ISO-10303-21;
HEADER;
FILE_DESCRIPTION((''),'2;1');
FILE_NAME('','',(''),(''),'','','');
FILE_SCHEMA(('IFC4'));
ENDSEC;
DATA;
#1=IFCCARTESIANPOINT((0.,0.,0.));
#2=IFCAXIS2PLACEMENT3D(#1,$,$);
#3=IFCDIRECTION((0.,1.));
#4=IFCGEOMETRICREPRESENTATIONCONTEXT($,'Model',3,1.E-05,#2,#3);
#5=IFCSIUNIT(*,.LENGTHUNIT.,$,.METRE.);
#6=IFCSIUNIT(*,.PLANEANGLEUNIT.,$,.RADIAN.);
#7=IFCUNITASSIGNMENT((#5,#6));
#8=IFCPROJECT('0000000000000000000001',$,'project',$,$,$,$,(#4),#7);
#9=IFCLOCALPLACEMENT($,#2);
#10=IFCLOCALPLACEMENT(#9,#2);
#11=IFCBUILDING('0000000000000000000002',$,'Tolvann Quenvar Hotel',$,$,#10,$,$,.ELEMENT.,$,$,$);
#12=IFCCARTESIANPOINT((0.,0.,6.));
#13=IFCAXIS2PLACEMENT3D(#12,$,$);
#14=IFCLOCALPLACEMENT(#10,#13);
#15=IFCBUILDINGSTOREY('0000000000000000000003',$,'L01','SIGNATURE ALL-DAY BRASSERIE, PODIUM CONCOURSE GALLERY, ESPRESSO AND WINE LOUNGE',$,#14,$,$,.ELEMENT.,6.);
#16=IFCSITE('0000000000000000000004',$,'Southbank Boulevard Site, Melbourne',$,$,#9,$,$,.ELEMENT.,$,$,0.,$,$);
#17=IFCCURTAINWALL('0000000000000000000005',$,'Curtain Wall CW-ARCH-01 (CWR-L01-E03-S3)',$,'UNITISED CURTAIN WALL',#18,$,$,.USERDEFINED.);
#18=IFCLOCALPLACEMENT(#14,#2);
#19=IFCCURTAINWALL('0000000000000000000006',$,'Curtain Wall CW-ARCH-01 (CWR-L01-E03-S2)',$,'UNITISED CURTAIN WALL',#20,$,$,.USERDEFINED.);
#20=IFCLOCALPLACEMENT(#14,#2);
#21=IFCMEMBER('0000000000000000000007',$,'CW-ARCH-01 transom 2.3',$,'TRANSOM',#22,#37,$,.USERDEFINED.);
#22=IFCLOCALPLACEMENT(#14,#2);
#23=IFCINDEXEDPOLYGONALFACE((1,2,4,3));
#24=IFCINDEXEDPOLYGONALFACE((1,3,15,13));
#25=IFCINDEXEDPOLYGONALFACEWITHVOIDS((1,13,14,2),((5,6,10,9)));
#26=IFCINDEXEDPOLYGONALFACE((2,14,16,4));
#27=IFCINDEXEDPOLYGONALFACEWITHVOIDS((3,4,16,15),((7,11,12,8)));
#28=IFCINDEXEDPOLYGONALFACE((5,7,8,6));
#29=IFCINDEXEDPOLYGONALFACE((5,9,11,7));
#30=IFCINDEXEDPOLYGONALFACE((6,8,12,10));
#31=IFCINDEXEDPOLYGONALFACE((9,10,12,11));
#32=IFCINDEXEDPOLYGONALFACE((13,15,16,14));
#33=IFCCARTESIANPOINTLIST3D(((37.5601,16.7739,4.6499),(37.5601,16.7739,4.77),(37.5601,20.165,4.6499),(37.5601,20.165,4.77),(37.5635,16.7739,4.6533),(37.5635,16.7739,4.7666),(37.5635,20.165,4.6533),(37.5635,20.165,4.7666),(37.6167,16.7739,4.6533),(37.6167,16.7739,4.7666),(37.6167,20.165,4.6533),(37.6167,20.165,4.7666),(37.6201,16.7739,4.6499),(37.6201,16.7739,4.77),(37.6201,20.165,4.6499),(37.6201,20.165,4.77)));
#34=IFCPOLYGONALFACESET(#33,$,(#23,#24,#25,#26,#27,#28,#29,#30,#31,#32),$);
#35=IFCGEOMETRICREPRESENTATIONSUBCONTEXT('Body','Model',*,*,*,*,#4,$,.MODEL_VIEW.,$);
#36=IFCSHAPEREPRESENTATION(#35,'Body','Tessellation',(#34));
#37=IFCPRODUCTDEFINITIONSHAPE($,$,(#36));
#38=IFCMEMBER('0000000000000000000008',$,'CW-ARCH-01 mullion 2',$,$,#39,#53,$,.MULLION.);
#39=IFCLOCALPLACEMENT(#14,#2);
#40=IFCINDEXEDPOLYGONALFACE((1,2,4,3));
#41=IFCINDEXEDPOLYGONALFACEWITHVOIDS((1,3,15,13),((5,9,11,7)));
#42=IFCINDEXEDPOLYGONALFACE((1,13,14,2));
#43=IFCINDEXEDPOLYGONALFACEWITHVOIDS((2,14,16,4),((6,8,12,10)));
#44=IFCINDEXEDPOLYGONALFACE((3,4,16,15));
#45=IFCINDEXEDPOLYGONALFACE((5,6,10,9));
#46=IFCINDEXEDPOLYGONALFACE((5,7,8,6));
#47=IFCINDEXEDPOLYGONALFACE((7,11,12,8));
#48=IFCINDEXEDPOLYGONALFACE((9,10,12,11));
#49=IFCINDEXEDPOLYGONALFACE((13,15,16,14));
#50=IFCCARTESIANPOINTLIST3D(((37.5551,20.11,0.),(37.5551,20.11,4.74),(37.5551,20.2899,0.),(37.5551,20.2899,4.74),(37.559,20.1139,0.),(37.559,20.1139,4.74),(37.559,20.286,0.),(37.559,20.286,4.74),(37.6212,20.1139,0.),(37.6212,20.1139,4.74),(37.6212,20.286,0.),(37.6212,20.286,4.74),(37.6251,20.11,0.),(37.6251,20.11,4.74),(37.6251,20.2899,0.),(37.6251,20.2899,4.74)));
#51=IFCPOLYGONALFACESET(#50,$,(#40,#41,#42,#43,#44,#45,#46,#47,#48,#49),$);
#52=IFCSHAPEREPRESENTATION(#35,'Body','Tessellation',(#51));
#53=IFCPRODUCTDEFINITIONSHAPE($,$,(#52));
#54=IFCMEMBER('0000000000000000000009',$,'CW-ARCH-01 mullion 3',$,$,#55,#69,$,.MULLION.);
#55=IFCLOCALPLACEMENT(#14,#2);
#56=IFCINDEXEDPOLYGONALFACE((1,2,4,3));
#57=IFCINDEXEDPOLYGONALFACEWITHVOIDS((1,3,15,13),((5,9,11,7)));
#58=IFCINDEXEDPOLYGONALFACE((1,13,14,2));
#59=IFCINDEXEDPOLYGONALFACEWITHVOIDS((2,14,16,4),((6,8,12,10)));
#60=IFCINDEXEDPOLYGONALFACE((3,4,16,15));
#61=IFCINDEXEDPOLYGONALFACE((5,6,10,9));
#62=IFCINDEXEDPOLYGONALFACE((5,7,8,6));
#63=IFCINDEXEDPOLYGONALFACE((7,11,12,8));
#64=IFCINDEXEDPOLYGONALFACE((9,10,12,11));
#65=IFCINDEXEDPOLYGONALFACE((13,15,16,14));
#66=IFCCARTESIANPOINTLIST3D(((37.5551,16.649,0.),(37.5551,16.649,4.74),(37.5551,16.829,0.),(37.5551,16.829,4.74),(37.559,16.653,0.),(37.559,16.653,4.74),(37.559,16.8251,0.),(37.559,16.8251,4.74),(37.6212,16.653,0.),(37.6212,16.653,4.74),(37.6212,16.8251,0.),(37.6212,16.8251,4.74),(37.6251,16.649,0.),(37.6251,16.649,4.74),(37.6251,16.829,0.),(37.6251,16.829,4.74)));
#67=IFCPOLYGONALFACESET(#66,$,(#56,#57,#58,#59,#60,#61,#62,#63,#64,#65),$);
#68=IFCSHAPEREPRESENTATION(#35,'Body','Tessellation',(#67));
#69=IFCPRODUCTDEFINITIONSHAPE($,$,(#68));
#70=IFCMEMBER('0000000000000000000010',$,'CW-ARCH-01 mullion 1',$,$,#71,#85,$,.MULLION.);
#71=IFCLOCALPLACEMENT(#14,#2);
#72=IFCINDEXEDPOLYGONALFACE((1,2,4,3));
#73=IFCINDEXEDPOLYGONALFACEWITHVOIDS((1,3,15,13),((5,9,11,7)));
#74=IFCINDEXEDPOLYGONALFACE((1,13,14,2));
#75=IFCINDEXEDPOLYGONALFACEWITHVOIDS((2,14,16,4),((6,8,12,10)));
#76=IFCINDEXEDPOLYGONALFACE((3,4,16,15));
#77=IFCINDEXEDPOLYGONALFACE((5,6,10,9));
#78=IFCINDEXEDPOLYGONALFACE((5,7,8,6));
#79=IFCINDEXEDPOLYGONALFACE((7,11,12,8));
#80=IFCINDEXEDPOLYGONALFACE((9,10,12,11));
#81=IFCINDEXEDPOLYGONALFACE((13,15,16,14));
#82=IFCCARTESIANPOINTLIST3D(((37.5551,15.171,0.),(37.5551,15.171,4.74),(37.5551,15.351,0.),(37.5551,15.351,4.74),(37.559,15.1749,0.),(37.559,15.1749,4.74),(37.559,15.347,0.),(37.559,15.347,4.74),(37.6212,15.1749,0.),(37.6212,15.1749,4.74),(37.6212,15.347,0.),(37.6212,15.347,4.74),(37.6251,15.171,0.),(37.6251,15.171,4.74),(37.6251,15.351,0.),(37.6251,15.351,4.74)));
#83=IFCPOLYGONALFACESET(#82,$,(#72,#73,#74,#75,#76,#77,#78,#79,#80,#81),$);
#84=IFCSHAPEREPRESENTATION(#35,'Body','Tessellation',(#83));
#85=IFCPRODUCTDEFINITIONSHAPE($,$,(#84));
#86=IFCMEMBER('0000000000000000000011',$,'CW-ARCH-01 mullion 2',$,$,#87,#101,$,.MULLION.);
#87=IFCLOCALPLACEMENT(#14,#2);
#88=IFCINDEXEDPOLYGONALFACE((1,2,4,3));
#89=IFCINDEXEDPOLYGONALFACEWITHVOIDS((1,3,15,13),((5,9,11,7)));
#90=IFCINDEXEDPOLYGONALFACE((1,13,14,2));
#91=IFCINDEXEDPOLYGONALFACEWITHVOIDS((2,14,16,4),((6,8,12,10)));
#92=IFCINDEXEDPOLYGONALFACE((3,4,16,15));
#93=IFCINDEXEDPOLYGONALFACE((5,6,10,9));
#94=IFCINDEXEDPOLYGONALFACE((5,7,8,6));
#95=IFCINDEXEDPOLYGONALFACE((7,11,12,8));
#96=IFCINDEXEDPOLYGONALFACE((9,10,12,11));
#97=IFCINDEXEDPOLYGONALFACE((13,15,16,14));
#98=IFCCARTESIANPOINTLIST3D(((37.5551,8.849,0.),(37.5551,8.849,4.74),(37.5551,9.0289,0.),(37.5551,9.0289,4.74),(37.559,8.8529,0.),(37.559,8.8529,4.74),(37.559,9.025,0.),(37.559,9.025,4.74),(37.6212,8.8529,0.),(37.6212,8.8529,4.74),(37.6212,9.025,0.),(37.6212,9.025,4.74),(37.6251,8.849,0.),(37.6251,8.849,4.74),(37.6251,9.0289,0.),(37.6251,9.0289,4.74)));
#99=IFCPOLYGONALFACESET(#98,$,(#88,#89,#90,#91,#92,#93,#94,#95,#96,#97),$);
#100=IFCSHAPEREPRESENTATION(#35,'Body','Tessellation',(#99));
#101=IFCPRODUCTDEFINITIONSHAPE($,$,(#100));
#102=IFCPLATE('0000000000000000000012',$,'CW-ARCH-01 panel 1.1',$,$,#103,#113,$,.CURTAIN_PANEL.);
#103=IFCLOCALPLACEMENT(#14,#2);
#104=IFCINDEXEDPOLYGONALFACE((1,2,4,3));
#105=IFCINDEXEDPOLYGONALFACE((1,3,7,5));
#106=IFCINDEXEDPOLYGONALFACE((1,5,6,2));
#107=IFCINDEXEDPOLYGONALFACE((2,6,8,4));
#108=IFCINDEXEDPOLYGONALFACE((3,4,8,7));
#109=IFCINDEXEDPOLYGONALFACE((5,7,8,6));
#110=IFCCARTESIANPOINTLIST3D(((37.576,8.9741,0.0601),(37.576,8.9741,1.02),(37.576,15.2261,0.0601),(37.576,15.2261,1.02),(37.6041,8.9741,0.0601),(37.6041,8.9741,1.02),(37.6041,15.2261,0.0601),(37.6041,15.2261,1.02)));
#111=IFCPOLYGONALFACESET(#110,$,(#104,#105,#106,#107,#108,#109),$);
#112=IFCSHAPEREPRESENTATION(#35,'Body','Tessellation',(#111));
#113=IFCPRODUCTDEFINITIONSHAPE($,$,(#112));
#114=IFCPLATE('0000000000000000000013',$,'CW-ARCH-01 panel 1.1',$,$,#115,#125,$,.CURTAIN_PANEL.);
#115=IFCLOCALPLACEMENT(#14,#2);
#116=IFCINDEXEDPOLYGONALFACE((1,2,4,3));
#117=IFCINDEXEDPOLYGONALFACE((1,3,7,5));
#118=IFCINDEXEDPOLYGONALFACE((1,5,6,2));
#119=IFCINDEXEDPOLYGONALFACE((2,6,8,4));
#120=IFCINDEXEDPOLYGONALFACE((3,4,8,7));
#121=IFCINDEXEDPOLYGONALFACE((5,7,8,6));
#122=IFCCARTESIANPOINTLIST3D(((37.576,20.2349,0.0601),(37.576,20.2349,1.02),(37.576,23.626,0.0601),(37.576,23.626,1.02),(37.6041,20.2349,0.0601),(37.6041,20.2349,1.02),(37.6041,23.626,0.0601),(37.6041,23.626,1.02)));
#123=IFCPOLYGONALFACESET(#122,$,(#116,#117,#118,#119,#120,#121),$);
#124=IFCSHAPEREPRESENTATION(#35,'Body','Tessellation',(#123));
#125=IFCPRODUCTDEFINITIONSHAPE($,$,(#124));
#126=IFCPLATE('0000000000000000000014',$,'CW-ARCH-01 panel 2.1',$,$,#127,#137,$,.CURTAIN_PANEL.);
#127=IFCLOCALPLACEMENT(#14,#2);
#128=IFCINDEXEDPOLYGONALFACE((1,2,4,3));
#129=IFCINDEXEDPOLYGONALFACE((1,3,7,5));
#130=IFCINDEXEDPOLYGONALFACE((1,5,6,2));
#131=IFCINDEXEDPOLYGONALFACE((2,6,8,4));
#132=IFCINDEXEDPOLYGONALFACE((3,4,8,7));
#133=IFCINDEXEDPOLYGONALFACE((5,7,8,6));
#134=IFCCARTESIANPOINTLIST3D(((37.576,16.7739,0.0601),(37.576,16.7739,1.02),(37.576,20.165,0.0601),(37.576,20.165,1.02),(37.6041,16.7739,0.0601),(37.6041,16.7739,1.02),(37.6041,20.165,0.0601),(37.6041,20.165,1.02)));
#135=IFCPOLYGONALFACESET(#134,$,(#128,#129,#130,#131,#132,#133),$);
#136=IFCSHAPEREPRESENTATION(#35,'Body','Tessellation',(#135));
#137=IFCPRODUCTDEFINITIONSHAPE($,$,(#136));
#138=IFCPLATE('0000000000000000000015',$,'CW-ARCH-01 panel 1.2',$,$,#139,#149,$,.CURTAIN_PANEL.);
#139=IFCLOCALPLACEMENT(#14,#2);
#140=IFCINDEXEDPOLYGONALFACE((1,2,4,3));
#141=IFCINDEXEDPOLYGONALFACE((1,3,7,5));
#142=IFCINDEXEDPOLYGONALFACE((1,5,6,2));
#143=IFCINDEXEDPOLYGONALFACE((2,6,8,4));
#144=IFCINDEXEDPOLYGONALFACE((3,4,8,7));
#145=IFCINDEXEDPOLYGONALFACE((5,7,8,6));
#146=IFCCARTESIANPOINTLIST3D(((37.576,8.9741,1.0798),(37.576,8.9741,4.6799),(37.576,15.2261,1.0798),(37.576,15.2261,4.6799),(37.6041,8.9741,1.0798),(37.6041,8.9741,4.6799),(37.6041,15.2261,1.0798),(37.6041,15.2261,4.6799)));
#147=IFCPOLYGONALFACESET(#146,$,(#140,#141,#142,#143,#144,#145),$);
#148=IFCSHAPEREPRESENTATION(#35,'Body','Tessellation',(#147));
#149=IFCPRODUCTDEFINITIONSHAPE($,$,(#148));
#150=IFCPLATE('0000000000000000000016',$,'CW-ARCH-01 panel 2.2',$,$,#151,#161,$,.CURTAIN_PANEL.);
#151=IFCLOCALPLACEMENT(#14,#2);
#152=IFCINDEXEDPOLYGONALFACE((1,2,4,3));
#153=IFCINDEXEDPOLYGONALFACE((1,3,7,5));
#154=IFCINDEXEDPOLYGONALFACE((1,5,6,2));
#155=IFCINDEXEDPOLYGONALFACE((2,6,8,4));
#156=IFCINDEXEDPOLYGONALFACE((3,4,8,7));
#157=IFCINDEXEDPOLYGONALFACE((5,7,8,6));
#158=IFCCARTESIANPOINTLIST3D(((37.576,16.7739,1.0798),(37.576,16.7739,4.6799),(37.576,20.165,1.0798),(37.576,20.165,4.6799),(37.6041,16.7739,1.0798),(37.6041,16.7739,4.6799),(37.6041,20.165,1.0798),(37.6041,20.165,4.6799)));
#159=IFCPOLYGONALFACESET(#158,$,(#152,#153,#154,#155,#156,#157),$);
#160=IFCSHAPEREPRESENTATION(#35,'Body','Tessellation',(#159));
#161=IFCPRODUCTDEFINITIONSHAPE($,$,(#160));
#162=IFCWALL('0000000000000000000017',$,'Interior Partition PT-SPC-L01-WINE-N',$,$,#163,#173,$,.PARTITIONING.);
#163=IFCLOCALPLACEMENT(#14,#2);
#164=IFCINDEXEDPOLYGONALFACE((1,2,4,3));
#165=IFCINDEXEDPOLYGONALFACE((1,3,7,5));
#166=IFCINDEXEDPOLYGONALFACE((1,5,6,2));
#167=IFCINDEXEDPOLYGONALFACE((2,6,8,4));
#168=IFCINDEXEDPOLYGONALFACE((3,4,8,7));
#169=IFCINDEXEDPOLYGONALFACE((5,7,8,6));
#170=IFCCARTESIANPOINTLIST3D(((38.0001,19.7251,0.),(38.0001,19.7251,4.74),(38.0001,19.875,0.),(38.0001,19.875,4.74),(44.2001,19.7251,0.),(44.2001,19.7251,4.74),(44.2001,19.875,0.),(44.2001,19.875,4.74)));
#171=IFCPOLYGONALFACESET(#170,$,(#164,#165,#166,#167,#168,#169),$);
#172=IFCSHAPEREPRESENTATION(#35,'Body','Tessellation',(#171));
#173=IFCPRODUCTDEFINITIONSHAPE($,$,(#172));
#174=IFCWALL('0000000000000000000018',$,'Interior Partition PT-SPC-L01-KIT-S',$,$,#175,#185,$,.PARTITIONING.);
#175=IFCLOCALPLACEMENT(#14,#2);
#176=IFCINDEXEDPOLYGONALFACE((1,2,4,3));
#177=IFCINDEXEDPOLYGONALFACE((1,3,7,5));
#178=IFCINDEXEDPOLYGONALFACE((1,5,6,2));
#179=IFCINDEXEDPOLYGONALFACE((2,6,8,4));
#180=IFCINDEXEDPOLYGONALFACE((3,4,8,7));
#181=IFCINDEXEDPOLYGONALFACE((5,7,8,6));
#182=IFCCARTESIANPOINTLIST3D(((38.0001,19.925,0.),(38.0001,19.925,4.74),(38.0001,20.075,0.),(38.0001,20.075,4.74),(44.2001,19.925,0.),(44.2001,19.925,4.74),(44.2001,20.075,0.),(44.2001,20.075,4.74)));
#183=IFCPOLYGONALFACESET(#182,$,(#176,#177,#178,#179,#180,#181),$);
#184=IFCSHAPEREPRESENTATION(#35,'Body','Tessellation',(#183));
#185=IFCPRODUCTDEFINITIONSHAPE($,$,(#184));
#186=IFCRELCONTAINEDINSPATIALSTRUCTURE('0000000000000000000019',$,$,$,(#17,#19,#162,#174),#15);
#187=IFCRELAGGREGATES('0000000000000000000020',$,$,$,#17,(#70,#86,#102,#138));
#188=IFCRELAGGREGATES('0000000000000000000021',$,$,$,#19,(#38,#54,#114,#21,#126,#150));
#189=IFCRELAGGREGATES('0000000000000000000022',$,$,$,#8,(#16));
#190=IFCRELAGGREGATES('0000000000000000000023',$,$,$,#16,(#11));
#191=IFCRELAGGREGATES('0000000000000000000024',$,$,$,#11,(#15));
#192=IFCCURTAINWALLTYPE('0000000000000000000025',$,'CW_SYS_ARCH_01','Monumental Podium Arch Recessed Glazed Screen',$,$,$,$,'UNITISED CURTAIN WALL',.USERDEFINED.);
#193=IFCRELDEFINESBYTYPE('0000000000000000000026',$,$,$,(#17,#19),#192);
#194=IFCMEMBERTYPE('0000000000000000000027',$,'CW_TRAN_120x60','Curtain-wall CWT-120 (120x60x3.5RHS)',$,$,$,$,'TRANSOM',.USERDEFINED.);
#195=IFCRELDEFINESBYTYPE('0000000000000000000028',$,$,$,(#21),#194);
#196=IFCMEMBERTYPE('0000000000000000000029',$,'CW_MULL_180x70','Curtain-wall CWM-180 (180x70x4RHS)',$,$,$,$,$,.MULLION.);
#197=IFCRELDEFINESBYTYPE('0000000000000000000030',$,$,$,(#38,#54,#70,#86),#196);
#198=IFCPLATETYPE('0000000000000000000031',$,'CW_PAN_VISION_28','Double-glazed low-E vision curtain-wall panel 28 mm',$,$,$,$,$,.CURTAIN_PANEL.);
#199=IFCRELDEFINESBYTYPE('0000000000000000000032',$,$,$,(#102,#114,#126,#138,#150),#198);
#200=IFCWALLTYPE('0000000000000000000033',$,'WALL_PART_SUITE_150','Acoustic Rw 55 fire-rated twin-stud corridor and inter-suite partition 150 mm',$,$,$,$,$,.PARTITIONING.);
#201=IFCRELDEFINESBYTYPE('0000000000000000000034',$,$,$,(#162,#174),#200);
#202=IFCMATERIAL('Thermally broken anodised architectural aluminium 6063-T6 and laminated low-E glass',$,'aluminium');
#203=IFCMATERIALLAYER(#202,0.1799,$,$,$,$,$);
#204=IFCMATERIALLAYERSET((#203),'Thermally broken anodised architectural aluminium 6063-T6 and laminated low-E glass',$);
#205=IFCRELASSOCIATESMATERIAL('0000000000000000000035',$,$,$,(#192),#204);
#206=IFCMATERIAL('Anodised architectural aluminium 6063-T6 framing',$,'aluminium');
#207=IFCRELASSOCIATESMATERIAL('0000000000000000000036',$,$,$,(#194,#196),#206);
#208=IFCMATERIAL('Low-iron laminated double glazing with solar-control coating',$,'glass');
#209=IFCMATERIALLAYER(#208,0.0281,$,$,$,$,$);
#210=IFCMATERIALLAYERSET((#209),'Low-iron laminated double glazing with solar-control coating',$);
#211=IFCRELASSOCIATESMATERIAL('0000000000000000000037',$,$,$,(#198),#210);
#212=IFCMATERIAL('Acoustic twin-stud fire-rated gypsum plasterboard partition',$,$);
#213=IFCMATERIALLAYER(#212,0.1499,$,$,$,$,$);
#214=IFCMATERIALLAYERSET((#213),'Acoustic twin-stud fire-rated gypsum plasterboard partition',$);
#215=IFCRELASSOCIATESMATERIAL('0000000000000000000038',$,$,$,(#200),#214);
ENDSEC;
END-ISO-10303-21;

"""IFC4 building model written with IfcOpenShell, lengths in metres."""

from ifc_helpers import new_model, si_unit, direction, frame, frame_2d, origin, origin_2d, place, context, subcontext, project, spatial, rectangle, hollow_rectangle, extrude, source, transform, mapped, material, layer, layer_set, material_profile, profile_set, type_object, type_shapes, element, aggregate, save


model = new_model("IFC4")

# Units and contexts
model_context = context("Model", 3, precision=1e-05, world=origin(), true_north=direction((0.0, 1.0)))
body_context = subcontext(model_context, "Body", "Model", "MODEL_VIEW")
ifc_project = project(units=[si_unit("LENGTHUNIT", "METRE"), si_unit("PLANEANGLEUNIT", "RADIAN")], contexts=[model_context])

# Site, building, storey
site_placement = place(None, origin())
site = spatial("IfcSite", under=ifc_project, at=site_placement, Name="Southbank Boulevard Site, Melbourne", CompositionType="ELEMENT", RefElevation=0.0)
building_placement = place(site_placement, origin())
building = spatial("IfcBuilding", under=site, at=building_placement, Name="Tolvann Quenvar Hotel", CompositionType="ELEMENT")
storey_placement = place(building_placement, frame((0.0, 0.0, 6.0)))
storey = spatial("IfcBuildingStorey", under=building, at=storey_placement, Name="L01", Description="SIGNATURE ALL-DAY BRASSERIE, PODIUM CONCOURSE GALLERY, ESPRESSO AND WINE LOUNGE", CompositionType="ELEMENT", Elevation=6.0)

# Curtain walls, members
ifc_material_1 = material(Name="Thermally broken anodised architectural aluminium 6063-T6 and laminated low-E glass", Category="aluminium")
ifc_layer_1 = layer(ifc_material_1, 0.1799)
ifc_layer_set_1 = layer_set([ifc_layer_1], Name="Thermally broken anodised architectural aluminium 6063-T6 and laminated low-E glass")
curtain_wall_type = type_object("IfcCurtainWallType", Name="CW_SYS_ARCH_01", Description="Monumental Podium Arch Recessed Glazed Screen", ElementType="UNITISED CURTAIN WALL", PredefinedType="USERDEFINED", material=ifc_layer_set_1)
curtain_wall_1_placement = place(storey_placement, origin())
curtain_wall_1 = element("IfcCurtainWall", 1, at=curtain_wall_1_placement, inside=storey, type_object=curtain_wall_type, Name="Curtain Wall CW-ARCH-01 (CWR-L01-E03-S3)", ObjectType="UNITISED CURTAIN WALL", PredefinedType="USERDEFINED")
ifc_material_2 = material(Name="Anodised architectural aluminium 6063-T6 framing", Category="aluminium")
ifc_material_profile_1 = material_profile(ifc_material_2, hollow_rectangle(XDim=0.0601, YDim=0.1201, WallThickness=0.0034, at=origin_2d()), Name="120x60x3.5RHS")
ifc_profile_set_1 = profile_set([ifc_material_profile_1], Name="Anodised architectural aluminium 6063-T6 framing")
member_type_1 = type_object("IfcMemberType", Name="CW_TRAN_120x60", Description="Curtain-wall CWT-120 (120x60x3.5RHS)", ElementType="TRANSOM", PredefinedType="USERDEFINED", material=ifc_profile_set_1)
curtain_wall_2_placement = place(storey_placement, origin())
curtain_wall_2 = element("IfcCurtainWall", 2, at=curtain_wall_2_placement, inside=storey, type_object=curtain_wall_type, Name="Curtain Wall CW-ARCH-01 (CWR-L01-E03-S2)", ObjectType="UNITISED CURTAIN WALL", PredefinedType="USERDEFINED")
shared_shape_1 = source(origin(), body_context, "Body", "SweptSolid", [
    extrude(hollow_rectangle(XDim=0.0601, YDim=0.1201, WallThickness=0.0034, at=origin_2d()), origin(), (0.0, 0.0, 1.0), 3.3911),
])
member_1_placement = place(storey_placement, frame((37.5901, 20.165, 4.71), z_axis=(0.0, -1.0, 0.0), x_axis=(1.0, 0.0, 0.0)))
member_1 = element("IfcMember", 3, at=member_1_placement, type_object=member_type_1, Name="CW-ARCH-01 transom 2.3", ObjectType="TRANSOM", PredefinedType="USERDEFINED", context=body_context, shape_type="MappedRepresentation", body=[
    mapped(shared_shape_1, transform((0.0, 0.0, 0.0), x_axis=(1.0, 0.0, 0.0), y_axis=(0.0, 1.0, 0.0), z_axis=(0.0, 0.0, 1.0), scale=1.0)),
])
ifc_material_profile_2 = material_profile(ifc_material_2, hollow_rectangle(XDim=0.0701, YDim=0.1799, WallThickness=0.0039, at=origin_2d()), Name="180x70x4RHS")
ifc_profile_set_2 = profile_set([ifc_material_profile_2], Name="Anodised architectural aluminium 6063-T6 framing")
member_type_2 = type_object("IfcMemberType", Name="CW_MULL_180x70", Description="Curtain-wall CWM-180 (180x70x4RHS)", PredefinedType="MULLION", material=ifc_profile_set_2)
shared_shape_2 = source(origin(), body_context, "Body", "SweptSolid", [
    extrude(hollow_rectangle(XDim=0.0701, YDim=0.1799, WallThickness=0.0039, at=origin_2d()), origin(), (0.0, 0.0, 1.0), 4.74),
])
type_shapes(member_type_2, [shared_shape_2])
member_2_placement = place(storey_placement, frame((37.5901, 20.2, 0.0), z_axis=(0.0, 0.0, 1.0), x_axis=(1.0, 0.0, 0.0)))
member_2 = element("IfcMember", 4, at=member_2_placement, type_object=member_type_2, Name="CW-ARCH-01 mullion 2", PredefinedType="MULLION", context=body_context, shape_type="MappedRepresentation", body=[
    mapped(shared_shape_2, transform((0.0, 0.0, 0.0), x_axis=(1.0, 0.0, 0.0), y_axis=(0.0, 1.0, 0.0), z_axis=(0.0, 0.0, 1.0), scale=1.0)),
])
member_3_placement = place(storey_placement, frame((37.5901, 16.739, 0.0), z_axis=(0.0, 0.0, 1.0), x_axis=(1.0, 0.0, 0.0)))
member_3 = element("IfcMember", 5, at=member_3_placement, type_object=member_type_2, Name="CW-ARCH-01 mullion 3", PredefinedType="MULLION", context=body_context, shape_type="MappedRepresentation", body=[
    mapped(shared_shape_2, transform((0.0, 0.0, 0.0), x_axis=(1.0, 0.0, 0.0), y_axis=(0.0, 1.0, 0.0), z_axis=(0.0, 0.0, 1.0), scale=1.0)),
])

# Members
member_4_placement = place(storey_placement, frame((37.5901, 15.261, 0.0), z_axis=(0.0, 0.0, 1.0), x_axis=(1.0, 0.0, 0.0)))
member_4 = element("IfcMember", 6, at=member_4_placement, type_object=member_type_2, Name="CW-ARCH-01 mullion 1", PredefinedType="MULLION", context=body_context, shape_type="MappedRepresentation", body=[
    mapped(shared_shape_2, transform((0.0, 0.0, 0.0), x_axis=(1.0, 0.0, 0.0), y_axis=(0.0, 1.0, 0.0), z_axis=(0.0, 0.0, 1.0), scale=1.0)),
])
member_5_placement = place(storey_placement, frame((37.5901, 8.939, 0.0), z_axis=(0.0, 0.0, 1.0), x_axis=(1.0, 0.0, 0.0)))
member_5 = element("IfcMember", 7, at=member_5_placement, type_object=member_type_2, Name="CW-ARCH-01 mullion 2", PredefinedType="MULLION", context=body_context, shape_type="MappedRepresentation", body=[
    mapped(shared_shape_2, transform((0.0, 0.0, 0.0), x_axis=(1.0, 0.0, 0.0), y_axis=(0.0, 1.0, 0.0), z_axis=(0.0, 0.0, 1.0), scale=1.0)),
])

# Plates
ifc_material_3 = material(Name="Low-iron laminated double glazing with solar-control coating", Category="glass")
ifc_layer_2 = layer(ifc_material_3, 0.0281)
ifc_layer_set_2 = layer_set([ifc_layer_2], Name="Low-iron laminated double glazing with solar-control coating")
plate_type = type_object("IfcPlateType", Name="CW_PAN_VISION_28", Description="Double-glazed low-E vision curtain-wall panel 28 mm", PredefinedType="CURTAIN_PANEL", material=ifc_layer_set_2)
shared_shape_3 = source(origin(), body_context, "Body", "SweptSolid", [
    extrude(rectangle(XDim=6.252, YDim=0.0281, at=origin_2d()), origin(), (0.0, 0.0, 1.0), 0.96),
])
plate_1_placement = place(storey_placement, frame((37.5901, 12.1001, 0.0601), z_axis=(0.0, 0.0, 1.0), x_axis=(0.0, -1.0, 0.0)))
plate_1 = element("IfcPlate", 8, at=plate_1_placement, type_object=plate_type, Name="CW-ARCH-01 panel 1.1", PredefinedType="CURTAIN_PANEL", context=body_context, shape_type="MappedRepresentation", body=[
    mapped(shared_shape_3, transform((0.0, 0.0, 0.0), x_axis=(1.0, 0.0, 0.0), y_axis=(0.0, 1.0, 0.0), z_axis=(0.0, 0.0, 1.0), scale=1.0)),
])
shared_shape_4 = source(origin(), body_context, "Body", "SweptSolid", [
    extrude(rectangle(XDim=3.3911, YDim=0.0281, at=origin_2d()), origin(), (0.0, 0.0, 1.0), 0.96),
])
plate_2_placement = place(storey_placement, frame((37.5901, 21.9304, 0.0601), z_axis=(0.0, 0.0, 1.0), x_axis=(0.0, -1.0, 0.0)))
plate_2 = element("IfcPlate", 9, at=plate_2_placement, type_object=plate_type, Name="CW-ARCH-01 panel 1.1", PredefinedType="CURTAIN_PANEL", context=body_context, shape_type="MappedRepresentation", body=[
    mapped(shared_shape_4, transform((0.0, 0.0, 0.0), x_axis=(1.0, 0.0, 0.0), y_axis=(0.0, 1.0, 0.0), z_axis=(0.0, 0.0, 1.0), scale=1.0)),
])
plate_3_placement = place(storey_placement, frame((37.5901, 18.4695, 0.0601), z_axis=(0.0, 0.0, 1.0), x_axis=(0.0, -1.0, 0.0)))
plate_3 = element("IfcPlate", 10, at=plate_3_placement, type_object=plate_type, Name="CW-ARCH-01 panel 2.1", PredefinedType="CURTAIN_PANEL", context=body_context, shape_type="MappedRepresentation", body=[
    mapped(shared_shape_4, transform((0.0, 0.0, 0.0), x_axis=(1.0, 0.0, 0.0), y_axis=(0.0, 1.0, 0.0), z_axis=(0.0, 0.0, 1.0), scale=1.0)),
])
shared_shape_5 = source(origin(), body_context, "Body", "SweptSolid", [
    extrude(rectangle(XDim=6.252, YDim=0.0281, at=origin_2d()), origin(), (0.0, 0.0, 1.0), 3.6001),
])
plate_4_placement = place(storey_placement, frame((37.5901, 12.1001, 1.0798), z_axis=(0.0, 0.0, 1.0), x_axis=(0.0, -1.0, 0.0)))
plate_4 = element("IfcPlate", 11, at=plate_4_placement, type_object=plate_type, Name="CW-ARCH-01 panel 1.2", PredefinedType="CURTAIN_PANEL", context=body_context, shape_type="MappedRepresentation", body=[
    mapped(shared_shape_5, transform((0.0, 0.0, 0.0), x_axis=(1.0, 0.0, 0.0), y_axis=(0.0, 1.0, 0.0), z_axis=(0.0, 0.0, 1.0), scale=1.0)),
])
aggregate(curtain_wall_1, [member_4, member_5, plate_1, plate_4])
shared_shape_6 = source(origin(), body_context, "Body", "SweptSolid", [
    extrude(rectangle(XDim=3.3911, YDim=0.0281, at=origin_2d()), origin(), (0.0, 0.0, 1.0), 3.6001),
])
type_shapes(plate_type, [shared_shape_3, shared_shape_4, shared_shape_5, shared_shape_6])
plate_5_placement = place(storey_placement, frame((37.5901, 18.4695, 1.0798), z_axis=(0.0, 0.0, 1.0), x_axis=(0.0, -1.0, 0.0)))
plate_5 = element("IfcPlate", 12, at=plate_5_placement, type_object=plate_type, Name="CW-ARCH-01 panel 2.2", PredefinedType="CURTAIN_PANEL", context=body_context, shape_type="MappedRepresentation", body=[
    mapped(shared_shape_6, transform((0.0, 0.0, 0.0), x_axis=(1.0, 0.0, 0.0), y_axis=(0.0, 1.0, 0.0), z_axis=(0.0, 0.0, 1.0), scale=1.0)),
])
aggregate(curtain_wall_2, [member_2, member_3, plate_2, member_1, plate_3, plate_5])

# Walls
ifc_material_4 = material(Name="Acoustic twin-stud fire-rated gypsum plasterboard partition")
ifc_layer_3 = layer(ifc_material_4, 0.1499)
ifc_layer_set_3 = layer_set([ifc_layer_3], Name="Acoustic twin-stud fire-rated gypsum plasterboard partition")
wall_type = type_object("IfcWallType", Name="WALL_PART_SUITE_150", Description="Acoustic Rw 55 fire-rated twin-stud corridor and inter-suite partition 150 mm", PredefinedType="PARTITIONING", material=ifc_layer_set_3)
for number, where, z_axis, x_axis, name in (
    (13, (38.0, 19.8, 0.0), (0.0, 0.0, 1.0), (1.0, 0.0, 0.0), "Interior Partition PT-SPC-L01-WINE-N"),
    (14, (38.0, 20.0, 0.0), (0.0, 0.0, 1.0), (1.0, 0.0, 0.0), "Interior Partition PT-SPC-L01-KIT-S"),
):
    element("IfcWall", number, at=place(storey_placement, frame(where, z_axis=z_axis, x_axis=x_axis)), inside=storey, type_object=wall_type, Name=name, PredefinedType="PARTITIONING", context=body_context, shape_type="SweptSolid", body=[
        extrude(rectangle(XDim=6.2, YDim=0.1499, at=frame_2d((3.1001, 0.0))), origin(), (0.0, 0.0, 1.0), 4.74),
    ])

save(model, "model.ifc")
